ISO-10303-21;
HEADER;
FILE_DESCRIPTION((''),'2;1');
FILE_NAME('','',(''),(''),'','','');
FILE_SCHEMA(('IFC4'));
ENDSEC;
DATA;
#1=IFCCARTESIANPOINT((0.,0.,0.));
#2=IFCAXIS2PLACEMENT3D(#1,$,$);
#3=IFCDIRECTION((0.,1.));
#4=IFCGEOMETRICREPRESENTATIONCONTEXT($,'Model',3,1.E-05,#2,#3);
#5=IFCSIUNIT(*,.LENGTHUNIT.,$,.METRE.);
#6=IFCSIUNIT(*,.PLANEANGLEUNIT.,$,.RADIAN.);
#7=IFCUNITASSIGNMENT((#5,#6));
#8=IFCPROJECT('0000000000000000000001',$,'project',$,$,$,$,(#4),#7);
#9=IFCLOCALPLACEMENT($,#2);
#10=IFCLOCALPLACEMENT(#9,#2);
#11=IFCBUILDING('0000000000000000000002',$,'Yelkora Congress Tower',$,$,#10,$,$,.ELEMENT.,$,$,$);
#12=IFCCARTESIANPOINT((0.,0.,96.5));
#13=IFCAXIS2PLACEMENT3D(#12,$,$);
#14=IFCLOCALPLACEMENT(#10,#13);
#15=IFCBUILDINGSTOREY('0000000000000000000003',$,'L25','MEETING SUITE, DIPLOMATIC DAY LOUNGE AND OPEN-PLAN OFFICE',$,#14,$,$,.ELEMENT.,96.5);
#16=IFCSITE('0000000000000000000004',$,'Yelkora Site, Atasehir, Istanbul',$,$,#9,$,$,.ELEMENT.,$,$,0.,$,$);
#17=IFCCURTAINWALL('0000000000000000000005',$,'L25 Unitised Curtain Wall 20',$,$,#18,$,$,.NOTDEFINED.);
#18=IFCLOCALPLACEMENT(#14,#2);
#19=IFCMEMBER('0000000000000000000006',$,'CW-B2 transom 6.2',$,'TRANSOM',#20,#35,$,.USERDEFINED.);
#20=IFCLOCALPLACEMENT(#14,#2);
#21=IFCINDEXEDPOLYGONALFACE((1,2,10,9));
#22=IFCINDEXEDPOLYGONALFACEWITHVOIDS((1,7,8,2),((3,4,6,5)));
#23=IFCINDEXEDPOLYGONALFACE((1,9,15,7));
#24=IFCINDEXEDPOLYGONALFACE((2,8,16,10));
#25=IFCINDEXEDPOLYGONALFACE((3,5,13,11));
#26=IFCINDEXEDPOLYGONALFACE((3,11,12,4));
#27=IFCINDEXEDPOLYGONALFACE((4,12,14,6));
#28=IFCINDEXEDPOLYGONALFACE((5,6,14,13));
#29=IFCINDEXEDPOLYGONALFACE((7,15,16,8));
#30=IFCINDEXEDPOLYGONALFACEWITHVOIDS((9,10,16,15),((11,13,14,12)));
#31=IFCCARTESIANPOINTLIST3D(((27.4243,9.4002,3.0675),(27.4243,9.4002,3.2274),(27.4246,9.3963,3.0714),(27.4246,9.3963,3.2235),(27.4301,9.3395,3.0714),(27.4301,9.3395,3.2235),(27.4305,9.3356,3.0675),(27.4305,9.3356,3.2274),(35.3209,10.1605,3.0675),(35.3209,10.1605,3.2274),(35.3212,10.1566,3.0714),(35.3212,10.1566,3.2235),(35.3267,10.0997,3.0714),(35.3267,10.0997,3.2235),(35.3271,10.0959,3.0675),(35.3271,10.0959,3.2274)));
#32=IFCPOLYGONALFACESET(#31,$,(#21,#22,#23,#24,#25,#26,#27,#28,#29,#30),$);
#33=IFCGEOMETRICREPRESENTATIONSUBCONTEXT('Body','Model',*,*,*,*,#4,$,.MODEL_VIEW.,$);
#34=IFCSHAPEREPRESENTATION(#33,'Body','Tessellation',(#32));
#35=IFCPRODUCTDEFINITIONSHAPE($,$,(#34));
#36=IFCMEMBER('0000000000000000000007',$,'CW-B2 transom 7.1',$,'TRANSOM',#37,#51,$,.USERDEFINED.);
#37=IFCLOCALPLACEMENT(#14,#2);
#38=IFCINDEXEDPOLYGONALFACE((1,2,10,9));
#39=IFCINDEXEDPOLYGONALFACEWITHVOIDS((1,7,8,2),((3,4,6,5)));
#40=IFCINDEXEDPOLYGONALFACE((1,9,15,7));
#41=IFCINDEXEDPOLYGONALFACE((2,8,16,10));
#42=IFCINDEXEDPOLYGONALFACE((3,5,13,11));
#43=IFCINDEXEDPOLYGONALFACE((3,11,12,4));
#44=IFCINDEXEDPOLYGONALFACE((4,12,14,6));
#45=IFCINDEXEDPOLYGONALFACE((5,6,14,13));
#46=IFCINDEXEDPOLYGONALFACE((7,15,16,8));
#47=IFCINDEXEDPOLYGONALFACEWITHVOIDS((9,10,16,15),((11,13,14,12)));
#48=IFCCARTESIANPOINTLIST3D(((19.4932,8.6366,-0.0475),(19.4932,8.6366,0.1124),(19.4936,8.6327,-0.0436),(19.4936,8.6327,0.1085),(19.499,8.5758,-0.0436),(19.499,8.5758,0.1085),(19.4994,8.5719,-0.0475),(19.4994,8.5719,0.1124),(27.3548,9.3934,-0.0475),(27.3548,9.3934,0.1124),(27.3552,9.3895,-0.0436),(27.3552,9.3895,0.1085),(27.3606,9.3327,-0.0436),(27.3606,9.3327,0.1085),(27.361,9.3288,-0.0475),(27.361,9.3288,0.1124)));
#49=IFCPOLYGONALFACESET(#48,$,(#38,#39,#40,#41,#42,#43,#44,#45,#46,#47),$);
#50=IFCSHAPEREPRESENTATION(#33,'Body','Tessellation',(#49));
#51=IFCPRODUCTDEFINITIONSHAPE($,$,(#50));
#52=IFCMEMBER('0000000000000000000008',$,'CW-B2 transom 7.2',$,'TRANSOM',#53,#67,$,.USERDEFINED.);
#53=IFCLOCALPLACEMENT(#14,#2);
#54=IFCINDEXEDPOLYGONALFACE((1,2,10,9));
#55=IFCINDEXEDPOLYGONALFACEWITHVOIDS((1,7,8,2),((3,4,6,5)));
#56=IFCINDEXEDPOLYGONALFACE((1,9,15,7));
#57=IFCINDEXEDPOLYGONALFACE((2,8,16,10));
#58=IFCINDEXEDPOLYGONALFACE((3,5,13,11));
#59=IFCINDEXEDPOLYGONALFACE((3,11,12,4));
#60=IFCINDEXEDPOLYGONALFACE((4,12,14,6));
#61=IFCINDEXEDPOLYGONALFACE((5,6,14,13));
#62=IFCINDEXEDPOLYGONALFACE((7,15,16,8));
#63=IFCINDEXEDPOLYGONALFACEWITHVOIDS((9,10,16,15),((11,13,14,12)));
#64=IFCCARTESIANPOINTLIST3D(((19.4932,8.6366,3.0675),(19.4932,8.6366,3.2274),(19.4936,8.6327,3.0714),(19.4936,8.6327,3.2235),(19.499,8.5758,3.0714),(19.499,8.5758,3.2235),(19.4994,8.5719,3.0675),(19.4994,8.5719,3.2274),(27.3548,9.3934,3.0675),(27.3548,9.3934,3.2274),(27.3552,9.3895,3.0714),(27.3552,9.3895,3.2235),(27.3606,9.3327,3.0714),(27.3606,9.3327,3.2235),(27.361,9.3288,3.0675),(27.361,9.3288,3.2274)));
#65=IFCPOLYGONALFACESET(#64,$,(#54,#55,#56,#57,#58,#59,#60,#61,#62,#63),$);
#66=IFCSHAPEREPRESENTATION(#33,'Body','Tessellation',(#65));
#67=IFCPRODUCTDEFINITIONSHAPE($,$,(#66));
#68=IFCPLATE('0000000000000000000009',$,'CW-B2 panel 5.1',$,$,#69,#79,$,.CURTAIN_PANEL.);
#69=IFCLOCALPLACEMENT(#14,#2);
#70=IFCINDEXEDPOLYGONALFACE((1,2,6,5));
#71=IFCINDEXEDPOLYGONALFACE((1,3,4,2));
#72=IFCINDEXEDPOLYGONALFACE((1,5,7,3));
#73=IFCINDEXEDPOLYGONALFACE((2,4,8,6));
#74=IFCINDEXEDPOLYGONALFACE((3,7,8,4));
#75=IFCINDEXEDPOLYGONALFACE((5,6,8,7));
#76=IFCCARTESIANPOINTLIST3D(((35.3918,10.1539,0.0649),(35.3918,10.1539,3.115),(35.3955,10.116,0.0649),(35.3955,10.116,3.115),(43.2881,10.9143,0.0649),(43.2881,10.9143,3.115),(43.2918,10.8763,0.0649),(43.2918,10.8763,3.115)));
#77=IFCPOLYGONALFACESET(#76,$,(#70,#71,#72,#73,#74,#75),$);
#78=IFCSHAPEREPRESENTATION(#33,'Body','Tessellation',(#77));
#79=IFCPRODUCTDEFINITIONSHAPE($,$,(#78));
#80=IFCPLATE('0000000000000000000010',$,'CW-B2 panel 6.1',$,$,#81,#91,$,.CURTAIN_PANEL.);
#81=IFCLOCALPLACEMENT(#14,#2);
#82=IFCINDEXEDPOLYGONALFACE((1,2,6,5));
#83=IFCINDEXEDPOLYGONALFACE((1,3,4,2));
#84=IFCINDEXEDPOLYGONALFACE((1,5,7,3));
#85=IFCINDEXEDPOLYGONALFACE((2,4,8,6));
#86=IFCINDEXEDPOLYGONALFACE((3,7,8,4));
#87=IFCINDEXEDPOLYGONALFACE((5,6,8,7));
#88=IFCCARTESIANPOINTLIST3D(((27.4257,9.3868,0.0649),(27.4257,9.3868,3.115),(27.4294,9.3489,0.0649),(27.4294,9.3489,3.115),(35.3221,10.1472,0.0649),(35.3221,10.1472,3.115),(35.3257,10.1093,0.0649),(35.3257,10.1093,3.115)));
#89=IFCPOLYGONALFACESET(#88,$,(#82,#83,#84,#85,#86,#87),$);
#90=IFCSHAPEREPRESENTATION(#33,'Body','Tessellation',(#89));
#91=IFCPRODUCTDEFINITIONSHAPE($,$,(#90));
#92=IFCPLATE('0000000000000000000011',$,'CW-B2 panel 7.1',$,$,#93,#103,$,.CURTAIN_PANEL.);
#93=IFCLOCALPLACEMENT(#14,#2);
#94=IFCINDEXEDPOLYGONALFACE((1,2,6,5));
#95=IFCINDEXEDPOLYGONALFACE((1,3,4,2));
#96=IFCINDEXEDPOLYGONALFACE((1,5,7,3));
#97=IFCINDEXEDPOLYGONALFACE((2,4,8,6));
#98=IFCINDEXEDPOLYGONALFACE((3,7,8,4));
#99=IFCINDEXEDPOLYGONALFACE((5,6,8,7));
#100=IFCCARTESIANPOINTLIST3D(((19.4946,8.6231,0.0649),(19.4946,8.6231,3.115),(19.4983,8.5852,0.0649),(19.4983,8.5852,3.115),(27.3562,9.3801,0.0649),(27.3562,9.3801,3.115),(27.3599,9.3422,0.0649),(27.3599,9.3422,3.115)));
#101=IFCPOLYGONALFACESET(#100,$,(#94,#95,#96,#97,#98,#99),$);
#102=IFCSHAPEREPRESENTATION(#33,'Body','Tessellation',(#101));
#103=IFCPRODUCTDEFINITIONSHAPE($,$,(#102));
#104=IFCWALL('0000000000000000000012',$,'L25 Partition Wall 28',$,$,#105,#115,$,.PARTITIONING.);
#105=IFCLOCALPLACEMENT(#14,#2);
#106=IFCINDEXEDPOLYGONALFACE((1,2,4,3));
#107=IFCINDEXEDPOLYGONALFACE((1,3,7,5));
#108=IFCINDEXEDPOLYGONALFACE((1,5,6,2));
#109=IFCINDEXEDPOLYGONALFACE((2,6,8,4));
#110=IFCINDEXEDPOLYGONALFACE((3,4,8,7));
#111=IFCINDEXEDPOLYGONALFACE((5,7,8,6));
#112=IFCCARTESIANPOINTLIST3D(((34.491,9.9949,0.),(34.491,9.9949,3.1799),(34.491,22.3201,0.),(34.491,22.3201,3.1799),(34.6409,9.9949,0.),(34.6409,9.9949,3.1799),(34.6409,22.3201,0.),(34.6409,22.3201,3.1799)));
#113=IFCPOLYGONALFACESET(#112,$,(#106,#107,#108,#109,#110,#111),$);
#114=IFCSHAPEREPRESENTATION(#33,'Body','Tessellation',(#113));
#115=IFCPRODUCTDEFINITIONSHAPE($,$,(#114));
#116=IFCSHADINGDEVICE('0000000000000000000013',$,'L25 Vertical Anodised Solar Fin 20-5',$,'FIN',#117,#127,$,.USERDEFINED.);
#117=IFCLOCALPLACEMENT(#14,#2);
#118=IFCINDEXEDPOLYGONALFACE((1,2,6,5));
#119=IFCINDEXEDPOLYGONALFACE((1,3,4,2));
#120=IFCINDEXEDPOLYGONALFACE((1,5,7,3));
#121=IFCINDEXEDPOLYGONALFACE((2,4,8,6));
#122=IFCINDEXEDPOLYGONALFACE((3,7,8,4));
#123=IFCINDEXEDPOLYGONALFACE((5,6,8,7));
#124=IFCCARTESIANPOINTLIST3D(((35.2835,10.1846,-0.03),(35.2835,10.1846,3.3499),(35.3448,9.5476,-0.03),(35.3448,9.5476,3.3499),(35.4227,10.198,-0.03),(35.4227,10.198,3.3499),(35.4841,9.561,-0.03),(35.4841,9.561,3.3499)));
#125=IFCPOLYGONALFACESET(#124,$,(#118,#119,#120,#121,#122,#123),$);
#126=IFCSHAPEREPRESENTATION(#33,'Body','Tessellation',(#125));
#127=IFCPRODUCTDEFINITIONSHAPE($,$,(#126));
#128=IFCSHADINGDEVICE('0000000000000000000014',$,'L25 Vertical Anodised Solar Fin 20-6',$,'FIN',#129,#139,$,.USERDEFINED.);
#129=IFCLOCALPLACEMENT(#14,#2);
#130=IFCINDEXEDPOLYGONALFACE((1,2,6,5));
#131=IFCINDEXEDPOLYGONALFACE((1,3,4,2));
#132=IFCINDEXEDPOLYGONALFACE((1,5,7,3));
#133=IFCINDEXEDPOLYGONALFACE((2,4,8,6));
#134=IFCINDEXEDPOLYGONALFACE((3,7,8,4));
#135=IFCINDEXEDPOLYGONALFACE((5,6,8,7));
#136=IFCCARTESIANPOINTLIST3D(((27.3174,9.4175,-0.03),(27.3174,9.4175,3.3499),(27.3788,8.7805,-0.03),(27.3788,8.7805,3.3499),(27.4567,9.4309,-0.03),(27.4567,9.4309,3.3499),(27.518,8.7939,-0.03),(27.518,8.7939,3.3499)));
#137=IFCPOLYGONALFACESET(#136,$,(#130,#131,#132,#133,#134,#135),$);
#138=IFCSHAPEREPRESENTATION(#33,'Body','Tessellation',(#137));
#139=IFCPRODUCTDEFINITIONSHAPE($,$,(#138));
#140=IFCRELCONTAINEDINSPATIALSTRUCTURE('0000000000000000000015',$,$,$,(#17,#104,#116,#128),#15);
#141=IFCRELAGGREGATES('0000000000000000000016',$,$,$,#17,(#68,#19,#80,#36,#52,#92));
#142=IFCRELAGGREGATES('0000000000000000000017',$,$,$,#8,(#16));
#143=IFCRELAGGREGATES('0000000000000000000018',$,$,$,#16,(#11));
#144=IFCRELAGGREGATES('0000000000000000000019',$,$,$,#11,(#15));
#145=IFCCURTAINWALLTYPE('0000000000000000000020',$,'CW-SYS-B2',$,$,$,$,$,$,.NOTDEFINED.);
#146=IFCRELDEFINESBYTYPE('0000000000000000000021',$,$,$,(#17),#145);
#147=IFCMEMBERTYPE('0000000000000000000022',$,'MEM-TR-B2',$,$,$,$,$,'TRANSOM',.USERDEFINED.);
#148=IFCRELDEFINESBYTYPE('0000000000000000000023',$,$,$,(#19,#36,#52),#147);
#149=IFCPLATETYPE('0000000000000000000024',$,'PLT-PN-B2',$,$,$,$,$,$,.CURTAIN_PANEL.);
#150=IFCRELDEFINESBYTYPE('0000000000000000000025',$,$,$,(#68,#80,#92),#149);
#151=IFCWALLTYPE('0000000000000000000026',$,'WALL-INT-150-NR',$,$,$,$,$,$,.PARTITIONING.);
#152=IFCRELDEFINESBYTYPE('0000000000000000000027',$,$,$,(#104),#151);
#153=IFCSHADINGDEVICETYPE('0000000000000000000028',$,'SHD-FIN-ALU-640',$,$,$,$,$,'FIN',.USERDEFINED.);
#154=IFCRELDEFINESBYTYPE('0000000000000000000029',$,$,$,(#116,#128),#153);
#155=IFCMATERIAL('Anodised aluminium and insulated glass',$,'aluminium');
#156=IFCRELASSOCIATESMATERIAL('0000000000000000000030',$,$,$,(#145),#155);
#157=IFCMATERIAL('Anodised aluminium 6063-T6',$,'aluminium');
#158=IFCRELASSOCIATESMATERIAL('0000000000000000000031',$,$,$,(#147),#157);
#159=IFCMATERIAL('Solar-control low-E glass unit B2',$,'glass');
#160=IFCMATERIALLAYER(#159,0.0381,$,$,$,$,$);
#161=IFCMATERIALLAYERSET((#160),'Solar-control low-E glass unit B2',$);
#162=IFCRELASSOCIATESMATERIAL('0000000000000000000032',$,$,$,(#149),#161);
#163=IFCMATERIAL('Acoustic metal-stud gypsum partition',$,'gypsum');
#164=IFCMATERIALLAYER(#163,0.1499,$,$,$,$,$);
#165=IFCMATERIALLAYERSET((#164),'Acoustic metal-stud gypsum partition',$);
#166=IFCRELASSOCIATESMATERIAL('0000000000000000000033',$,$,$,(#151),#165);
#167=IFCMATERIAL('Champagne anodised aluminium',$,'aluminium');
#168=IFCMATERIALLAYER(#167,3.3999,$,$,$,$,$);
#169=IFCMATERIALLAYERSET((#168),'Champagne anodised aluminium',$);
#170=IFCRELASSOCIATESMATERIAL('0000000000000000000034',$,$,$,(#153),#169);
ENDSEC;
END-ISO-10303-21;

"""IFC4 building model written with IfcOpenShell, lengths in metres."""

from ifc_helpers import new_model, si_unit, direction, frame, frame_2d, origin, origin_2d, place, context, subcontext, project, spatial, rectangle, hollow_rectangle, extrude, material, layer, layer_set, material_profile, profile_set, type_object, element, aggregate, save


model = new_model("IFC4")

# Units and contexts
model_context = context("Model", 3, precision=1e-05, world=origin(), true_north=direction((0.0, 1.0)))
body_context = subcontext(model_context, "Body", "Model", "MODEL_VIEW")
ifc_project = project(units=[si_unit("LENGTHUNIT", "METRE"), si_unit("PLANEANGLEUNIT", "RADIAN")], contexts=[model_context])

# Site, building, storey
site_placement = place(None, origin())
site = spatial("IfcSite", under=ifc_project, at=site_placement, Name="Yelkora Site, Atasehir, Istanbul", CompositionType="ELEMENT", RefElevation=0.0)
building_placement = place(site_placement, origin())
building = spatial("IfcBuilding", under=site, at=building_placement, Name="Yelkora Congress Tower", CompositionType="ELEMENT")
storey_placement = place(building_placement, frame((0.0, 0.0, 96.5)))
storey = spatial("IfcBuildingStorey", under=building, at=storey_placement, Name="L25", Description="MEETING SUITE, DIPLOMATIC DAY LOUNGE AND OPEN-PLAN OFFICE", CompositionType="ELEMENT", Elevation=96.5)

# Curtain wall, members, plates
ifc_material_1 = material(Name="Anodised aluminium and insulated glass", Category="aluminium")
curtain_wall_type = type_object("IfcCurtainWallType", Name="CW-SYS-B2", PredefinedType="NOTDEFINED", material=ifc_material_1)
curtain_wall_placement = place(storey_placement, origin())
curtain_wall = element("IfcCurtainWall", 1, at=curtain_wall_placement, inside=storey, type_object=curtain_wall_type, Name="L25 Unitised Curtain Wall 20", PredefinedType="NOTDEFINED")
ifc_material_2 = material(Name="Anodised aluminium 6063-T6", Category="aluminium")
ifc_material_profile_1 = material_profile(ifc_material_2, hollow_rectangle(XDim=0.0649, YDim=0.1599, WallThickness=0.0039, at=origin_2d()), Name="ALU 65x160x4")
ifc_profile_set_1 = profile_set([ifc_material_profile_1], Name="Anodised aluminium 6063-T6")
member_type_1 = type_object("IfcMemberType", Name="MEM-TR-B2", ElementType="TRANSOM", PredefinedType="USERDEFINED", material=ifc_profile_set_1)
member_1_placement = place(storey_placement, frame((35.324, 10.1282, 3.1475), z_axis=(-0.995397, -0.095834, 0.0), x_axis=(0.095834, -0.995397, 0.0)))
member_1 = element("IfcMember", 2, at=member_1_placement, type_object=member_type_1, Name="CW-B2 transom 6.2", ObjectType="TRANSOM", PredefinedType="USERDEFINED", context=body_context, shape_type="SweptSolid", body=[
    extrude(hollow_rectangle(XDim=0.0649, YDim=0.1599, WallThickness=0.0039, at=origin_2d()), origin(), (0.0, 0.0, 1.0), 7.9331),
])
member_2_placement = place(storey_placement, frame((27.3579, 9.3611, 0.0325), z_axis=(-0.995398, -0.095827, 0.0), x_axis=(0.095827, -0.995398, 0.0)))
member_2 = element("IfcMember", 3, at=member_2_placement, type_object=member_type_1, Name="CW-B2 transom 7.1", ObjectType="TRANSOM", PredefinedType="USERDEFINED", context=body_context, shape_type="SweptSolid", body=[
    extrude(hollow_rectangle(XDim=0.0649, YDim=0.1599, WallThickness=0.0039, at=origin_2d()), origin(), (0.0, 0.0, 1.0), 7.8979),
])
member_3_placement = place(storey_placement, frame((27.3579, 9.3611, 3.1475), z_axis=(-0.995398, -0.095827, 0.0), x_axis=(0.095827, -0.995398, 0.0)))
member_3 = element("IfcMember", 4, at=member_3_placement, type_object=member_type_1, Name="CW-B2 transom 7.2", ObjectType="TRANSOM", PredefinedType="USERDEFINED", context=body_context, shape_type="SweptSolid", body=[
    extrude(hollow_rectangle(XDim=0.0649, YDim=0.1599, WallThickness=0.0039, at=origin_2d()), origin(), (0.0, 0.0, 1.0), 7.8979),
])
ifc_material_3 = material(Name="Solar-control low-E glass unit B2", Category="glass")
ifc_layer_1 = layer(ifc_material_3, 0.0381)
ifc_layer_set_1 = layer_set([ifc_layer_1], Name="Solar-control low-E glass unit B2")
plate_type = type_object("IfcPlateType", Name="PLT-PN-B2", PredefinedType="CURTAIN_PANEL", material=ifc_layer_set_1)
plate_1_placement = place(storey_placement, frame((39.3418, 10.5151, 0.0649), z_axis=(0.0, 0.0, 1.0), x_axis=(-0.995396, -0.095844, 0.0)))
plate_1 = element("IfcPlate", 5, at=plate_1_placement, type_object=plate_type, Name="CW-B2 panel 5.1", PredefinedType="CURTAIN_PANEL", context=body_context, shape_type="SweptSolid", body=[
    extrude(rectangle(XDim=7.9329, YDim=0.0381, at=origin_2d()), origin(), (0.0, 0.0, 1.0), 3.05),
])
plate_2_placement = place(storey_placement, frame((31.3757, 9.748, 0.0649), z_axis=(0.0, 0.0, 1.0), x_axis=(-0.995396, -0.095844, 0.0)))
plate_2 = element("IfcPlate", 6, at=plate_2_placement, type_object=plate_type, Name="CW-B2 panel 6.1", PredefinedType="CURTAIN_PANEL", context=body_context, shape_type="SweptSolid", body=[
    extrude(rectangle(XDim=7.9329, YDim=0.0381, at=origin_2d()), origin(), (0.0, 0.0, 1.0), 3.05),
])
plate_3_placement = place(storey_placement, frame((23.4272, 8.9827, 0.0649), z_axis=(0.0, 0.0, 1.0), x_axis=(-0.995396, -0.095844, 0.0)))
plate_3 = element("IfcPlate", 7, at=plate_3_placement, type_object=plate_type, Name="CW-B2 panel 7.1", PredefinedType="CURTAIN_PANEL", context=body_context, shape_type="SweptSolid", body=[
    extrude(rectangle(XDim=7.8979, YDim=0.0381, at=origin_2d()), origin(), (0.0, 0.0, 1.0), 3.05),
])
aggregate(curtain_wall, [plate_1, member_1, plate_2, member_2, member_3, plate_3])

# Wall
ifc_material_4 = material(Name="Acoustic metal-stud gypsum partition", Category="gypsum")
ifc_layer_2 = layer(ifc_material_4, 0.1499)
ifc_layer_set_2 = layer_set([ifc_layer_2], Name="Acoustic metal-stud gypsum partition")
wall_type = type_object("IfcWallType", Name="WALL-INT-150-NR", PredefinedType="PARTITIONING", material=ifc_layer_set_2)
wall_placement = place(storey_placement, frame((34.5659, 9.9949, 0.0), z_axis=(0.0, 0.0, 1.0), x_axis=(0.0, 1.0, 0.0)))
element("IfcWall", 8, at=wall_placement, inside=storey, type_object=wall_type, Name="L25 Partition Wall 28", PredefinedType="PARTITIONING", context=body_context, shape_type="SweptSolid", body=[
    extrude(rectangle(XDim=12.3252, YDim=0.1499, at=frame_2d((6.1626, 0.0))), origin(), (0.0, 0.0, 1.0), 3.1799),
])

# Shading devices
ifc_material_5 = material(Name="Champagne anodised aluminium", Category="aluminium")
ifc_layer_3 = layer(ifc_material_5, 3.3999)
ifc_layer_set_3 = layer_set([ifc_layer_3], Name="Champagne anodised aluminium")
shading_device_type = type_object("IfcShadingDeviceType", Name="SHD-FIN-ALU-640", ElementType="FIN", PredefinedType="USERDEFINED", material=ifc_layer_set_3)
for number, where, z_axis, x_axis, name in (
    (9, (35.3838, 9.8728, -0.03), (0.0, 0.0, 1.0), (-0.995396, -0.095846, 0.0), "L25 Vertical Anodised Solar Fin 20-5"),
    (10, (27.4177, 9.1057, -0.03), (0.0, 0.0, 1.0), (-0.995396, -0.095846, 0.0), "L25 Vertical Anodised Solar Fin 20-6"),
):
    element("IfcShadingDevice", number, at=place(storey_placement, frame(where, z_axis=z_axis, x_axis=x_axis)), inside=storey, type_object=shading_device_type, Name=name, ObjectType="FIN", PredefinedType="USERDEFINED", context=body_context, shape_type="SweptSolid", body=[
        extrude(rectangle(XDim=0.1399, YDim=0.6399, at=origin_2d()), origin(), (0.0, 0.0, 1.0), 3.3799),
    ])

save(model, "model.ifc")
